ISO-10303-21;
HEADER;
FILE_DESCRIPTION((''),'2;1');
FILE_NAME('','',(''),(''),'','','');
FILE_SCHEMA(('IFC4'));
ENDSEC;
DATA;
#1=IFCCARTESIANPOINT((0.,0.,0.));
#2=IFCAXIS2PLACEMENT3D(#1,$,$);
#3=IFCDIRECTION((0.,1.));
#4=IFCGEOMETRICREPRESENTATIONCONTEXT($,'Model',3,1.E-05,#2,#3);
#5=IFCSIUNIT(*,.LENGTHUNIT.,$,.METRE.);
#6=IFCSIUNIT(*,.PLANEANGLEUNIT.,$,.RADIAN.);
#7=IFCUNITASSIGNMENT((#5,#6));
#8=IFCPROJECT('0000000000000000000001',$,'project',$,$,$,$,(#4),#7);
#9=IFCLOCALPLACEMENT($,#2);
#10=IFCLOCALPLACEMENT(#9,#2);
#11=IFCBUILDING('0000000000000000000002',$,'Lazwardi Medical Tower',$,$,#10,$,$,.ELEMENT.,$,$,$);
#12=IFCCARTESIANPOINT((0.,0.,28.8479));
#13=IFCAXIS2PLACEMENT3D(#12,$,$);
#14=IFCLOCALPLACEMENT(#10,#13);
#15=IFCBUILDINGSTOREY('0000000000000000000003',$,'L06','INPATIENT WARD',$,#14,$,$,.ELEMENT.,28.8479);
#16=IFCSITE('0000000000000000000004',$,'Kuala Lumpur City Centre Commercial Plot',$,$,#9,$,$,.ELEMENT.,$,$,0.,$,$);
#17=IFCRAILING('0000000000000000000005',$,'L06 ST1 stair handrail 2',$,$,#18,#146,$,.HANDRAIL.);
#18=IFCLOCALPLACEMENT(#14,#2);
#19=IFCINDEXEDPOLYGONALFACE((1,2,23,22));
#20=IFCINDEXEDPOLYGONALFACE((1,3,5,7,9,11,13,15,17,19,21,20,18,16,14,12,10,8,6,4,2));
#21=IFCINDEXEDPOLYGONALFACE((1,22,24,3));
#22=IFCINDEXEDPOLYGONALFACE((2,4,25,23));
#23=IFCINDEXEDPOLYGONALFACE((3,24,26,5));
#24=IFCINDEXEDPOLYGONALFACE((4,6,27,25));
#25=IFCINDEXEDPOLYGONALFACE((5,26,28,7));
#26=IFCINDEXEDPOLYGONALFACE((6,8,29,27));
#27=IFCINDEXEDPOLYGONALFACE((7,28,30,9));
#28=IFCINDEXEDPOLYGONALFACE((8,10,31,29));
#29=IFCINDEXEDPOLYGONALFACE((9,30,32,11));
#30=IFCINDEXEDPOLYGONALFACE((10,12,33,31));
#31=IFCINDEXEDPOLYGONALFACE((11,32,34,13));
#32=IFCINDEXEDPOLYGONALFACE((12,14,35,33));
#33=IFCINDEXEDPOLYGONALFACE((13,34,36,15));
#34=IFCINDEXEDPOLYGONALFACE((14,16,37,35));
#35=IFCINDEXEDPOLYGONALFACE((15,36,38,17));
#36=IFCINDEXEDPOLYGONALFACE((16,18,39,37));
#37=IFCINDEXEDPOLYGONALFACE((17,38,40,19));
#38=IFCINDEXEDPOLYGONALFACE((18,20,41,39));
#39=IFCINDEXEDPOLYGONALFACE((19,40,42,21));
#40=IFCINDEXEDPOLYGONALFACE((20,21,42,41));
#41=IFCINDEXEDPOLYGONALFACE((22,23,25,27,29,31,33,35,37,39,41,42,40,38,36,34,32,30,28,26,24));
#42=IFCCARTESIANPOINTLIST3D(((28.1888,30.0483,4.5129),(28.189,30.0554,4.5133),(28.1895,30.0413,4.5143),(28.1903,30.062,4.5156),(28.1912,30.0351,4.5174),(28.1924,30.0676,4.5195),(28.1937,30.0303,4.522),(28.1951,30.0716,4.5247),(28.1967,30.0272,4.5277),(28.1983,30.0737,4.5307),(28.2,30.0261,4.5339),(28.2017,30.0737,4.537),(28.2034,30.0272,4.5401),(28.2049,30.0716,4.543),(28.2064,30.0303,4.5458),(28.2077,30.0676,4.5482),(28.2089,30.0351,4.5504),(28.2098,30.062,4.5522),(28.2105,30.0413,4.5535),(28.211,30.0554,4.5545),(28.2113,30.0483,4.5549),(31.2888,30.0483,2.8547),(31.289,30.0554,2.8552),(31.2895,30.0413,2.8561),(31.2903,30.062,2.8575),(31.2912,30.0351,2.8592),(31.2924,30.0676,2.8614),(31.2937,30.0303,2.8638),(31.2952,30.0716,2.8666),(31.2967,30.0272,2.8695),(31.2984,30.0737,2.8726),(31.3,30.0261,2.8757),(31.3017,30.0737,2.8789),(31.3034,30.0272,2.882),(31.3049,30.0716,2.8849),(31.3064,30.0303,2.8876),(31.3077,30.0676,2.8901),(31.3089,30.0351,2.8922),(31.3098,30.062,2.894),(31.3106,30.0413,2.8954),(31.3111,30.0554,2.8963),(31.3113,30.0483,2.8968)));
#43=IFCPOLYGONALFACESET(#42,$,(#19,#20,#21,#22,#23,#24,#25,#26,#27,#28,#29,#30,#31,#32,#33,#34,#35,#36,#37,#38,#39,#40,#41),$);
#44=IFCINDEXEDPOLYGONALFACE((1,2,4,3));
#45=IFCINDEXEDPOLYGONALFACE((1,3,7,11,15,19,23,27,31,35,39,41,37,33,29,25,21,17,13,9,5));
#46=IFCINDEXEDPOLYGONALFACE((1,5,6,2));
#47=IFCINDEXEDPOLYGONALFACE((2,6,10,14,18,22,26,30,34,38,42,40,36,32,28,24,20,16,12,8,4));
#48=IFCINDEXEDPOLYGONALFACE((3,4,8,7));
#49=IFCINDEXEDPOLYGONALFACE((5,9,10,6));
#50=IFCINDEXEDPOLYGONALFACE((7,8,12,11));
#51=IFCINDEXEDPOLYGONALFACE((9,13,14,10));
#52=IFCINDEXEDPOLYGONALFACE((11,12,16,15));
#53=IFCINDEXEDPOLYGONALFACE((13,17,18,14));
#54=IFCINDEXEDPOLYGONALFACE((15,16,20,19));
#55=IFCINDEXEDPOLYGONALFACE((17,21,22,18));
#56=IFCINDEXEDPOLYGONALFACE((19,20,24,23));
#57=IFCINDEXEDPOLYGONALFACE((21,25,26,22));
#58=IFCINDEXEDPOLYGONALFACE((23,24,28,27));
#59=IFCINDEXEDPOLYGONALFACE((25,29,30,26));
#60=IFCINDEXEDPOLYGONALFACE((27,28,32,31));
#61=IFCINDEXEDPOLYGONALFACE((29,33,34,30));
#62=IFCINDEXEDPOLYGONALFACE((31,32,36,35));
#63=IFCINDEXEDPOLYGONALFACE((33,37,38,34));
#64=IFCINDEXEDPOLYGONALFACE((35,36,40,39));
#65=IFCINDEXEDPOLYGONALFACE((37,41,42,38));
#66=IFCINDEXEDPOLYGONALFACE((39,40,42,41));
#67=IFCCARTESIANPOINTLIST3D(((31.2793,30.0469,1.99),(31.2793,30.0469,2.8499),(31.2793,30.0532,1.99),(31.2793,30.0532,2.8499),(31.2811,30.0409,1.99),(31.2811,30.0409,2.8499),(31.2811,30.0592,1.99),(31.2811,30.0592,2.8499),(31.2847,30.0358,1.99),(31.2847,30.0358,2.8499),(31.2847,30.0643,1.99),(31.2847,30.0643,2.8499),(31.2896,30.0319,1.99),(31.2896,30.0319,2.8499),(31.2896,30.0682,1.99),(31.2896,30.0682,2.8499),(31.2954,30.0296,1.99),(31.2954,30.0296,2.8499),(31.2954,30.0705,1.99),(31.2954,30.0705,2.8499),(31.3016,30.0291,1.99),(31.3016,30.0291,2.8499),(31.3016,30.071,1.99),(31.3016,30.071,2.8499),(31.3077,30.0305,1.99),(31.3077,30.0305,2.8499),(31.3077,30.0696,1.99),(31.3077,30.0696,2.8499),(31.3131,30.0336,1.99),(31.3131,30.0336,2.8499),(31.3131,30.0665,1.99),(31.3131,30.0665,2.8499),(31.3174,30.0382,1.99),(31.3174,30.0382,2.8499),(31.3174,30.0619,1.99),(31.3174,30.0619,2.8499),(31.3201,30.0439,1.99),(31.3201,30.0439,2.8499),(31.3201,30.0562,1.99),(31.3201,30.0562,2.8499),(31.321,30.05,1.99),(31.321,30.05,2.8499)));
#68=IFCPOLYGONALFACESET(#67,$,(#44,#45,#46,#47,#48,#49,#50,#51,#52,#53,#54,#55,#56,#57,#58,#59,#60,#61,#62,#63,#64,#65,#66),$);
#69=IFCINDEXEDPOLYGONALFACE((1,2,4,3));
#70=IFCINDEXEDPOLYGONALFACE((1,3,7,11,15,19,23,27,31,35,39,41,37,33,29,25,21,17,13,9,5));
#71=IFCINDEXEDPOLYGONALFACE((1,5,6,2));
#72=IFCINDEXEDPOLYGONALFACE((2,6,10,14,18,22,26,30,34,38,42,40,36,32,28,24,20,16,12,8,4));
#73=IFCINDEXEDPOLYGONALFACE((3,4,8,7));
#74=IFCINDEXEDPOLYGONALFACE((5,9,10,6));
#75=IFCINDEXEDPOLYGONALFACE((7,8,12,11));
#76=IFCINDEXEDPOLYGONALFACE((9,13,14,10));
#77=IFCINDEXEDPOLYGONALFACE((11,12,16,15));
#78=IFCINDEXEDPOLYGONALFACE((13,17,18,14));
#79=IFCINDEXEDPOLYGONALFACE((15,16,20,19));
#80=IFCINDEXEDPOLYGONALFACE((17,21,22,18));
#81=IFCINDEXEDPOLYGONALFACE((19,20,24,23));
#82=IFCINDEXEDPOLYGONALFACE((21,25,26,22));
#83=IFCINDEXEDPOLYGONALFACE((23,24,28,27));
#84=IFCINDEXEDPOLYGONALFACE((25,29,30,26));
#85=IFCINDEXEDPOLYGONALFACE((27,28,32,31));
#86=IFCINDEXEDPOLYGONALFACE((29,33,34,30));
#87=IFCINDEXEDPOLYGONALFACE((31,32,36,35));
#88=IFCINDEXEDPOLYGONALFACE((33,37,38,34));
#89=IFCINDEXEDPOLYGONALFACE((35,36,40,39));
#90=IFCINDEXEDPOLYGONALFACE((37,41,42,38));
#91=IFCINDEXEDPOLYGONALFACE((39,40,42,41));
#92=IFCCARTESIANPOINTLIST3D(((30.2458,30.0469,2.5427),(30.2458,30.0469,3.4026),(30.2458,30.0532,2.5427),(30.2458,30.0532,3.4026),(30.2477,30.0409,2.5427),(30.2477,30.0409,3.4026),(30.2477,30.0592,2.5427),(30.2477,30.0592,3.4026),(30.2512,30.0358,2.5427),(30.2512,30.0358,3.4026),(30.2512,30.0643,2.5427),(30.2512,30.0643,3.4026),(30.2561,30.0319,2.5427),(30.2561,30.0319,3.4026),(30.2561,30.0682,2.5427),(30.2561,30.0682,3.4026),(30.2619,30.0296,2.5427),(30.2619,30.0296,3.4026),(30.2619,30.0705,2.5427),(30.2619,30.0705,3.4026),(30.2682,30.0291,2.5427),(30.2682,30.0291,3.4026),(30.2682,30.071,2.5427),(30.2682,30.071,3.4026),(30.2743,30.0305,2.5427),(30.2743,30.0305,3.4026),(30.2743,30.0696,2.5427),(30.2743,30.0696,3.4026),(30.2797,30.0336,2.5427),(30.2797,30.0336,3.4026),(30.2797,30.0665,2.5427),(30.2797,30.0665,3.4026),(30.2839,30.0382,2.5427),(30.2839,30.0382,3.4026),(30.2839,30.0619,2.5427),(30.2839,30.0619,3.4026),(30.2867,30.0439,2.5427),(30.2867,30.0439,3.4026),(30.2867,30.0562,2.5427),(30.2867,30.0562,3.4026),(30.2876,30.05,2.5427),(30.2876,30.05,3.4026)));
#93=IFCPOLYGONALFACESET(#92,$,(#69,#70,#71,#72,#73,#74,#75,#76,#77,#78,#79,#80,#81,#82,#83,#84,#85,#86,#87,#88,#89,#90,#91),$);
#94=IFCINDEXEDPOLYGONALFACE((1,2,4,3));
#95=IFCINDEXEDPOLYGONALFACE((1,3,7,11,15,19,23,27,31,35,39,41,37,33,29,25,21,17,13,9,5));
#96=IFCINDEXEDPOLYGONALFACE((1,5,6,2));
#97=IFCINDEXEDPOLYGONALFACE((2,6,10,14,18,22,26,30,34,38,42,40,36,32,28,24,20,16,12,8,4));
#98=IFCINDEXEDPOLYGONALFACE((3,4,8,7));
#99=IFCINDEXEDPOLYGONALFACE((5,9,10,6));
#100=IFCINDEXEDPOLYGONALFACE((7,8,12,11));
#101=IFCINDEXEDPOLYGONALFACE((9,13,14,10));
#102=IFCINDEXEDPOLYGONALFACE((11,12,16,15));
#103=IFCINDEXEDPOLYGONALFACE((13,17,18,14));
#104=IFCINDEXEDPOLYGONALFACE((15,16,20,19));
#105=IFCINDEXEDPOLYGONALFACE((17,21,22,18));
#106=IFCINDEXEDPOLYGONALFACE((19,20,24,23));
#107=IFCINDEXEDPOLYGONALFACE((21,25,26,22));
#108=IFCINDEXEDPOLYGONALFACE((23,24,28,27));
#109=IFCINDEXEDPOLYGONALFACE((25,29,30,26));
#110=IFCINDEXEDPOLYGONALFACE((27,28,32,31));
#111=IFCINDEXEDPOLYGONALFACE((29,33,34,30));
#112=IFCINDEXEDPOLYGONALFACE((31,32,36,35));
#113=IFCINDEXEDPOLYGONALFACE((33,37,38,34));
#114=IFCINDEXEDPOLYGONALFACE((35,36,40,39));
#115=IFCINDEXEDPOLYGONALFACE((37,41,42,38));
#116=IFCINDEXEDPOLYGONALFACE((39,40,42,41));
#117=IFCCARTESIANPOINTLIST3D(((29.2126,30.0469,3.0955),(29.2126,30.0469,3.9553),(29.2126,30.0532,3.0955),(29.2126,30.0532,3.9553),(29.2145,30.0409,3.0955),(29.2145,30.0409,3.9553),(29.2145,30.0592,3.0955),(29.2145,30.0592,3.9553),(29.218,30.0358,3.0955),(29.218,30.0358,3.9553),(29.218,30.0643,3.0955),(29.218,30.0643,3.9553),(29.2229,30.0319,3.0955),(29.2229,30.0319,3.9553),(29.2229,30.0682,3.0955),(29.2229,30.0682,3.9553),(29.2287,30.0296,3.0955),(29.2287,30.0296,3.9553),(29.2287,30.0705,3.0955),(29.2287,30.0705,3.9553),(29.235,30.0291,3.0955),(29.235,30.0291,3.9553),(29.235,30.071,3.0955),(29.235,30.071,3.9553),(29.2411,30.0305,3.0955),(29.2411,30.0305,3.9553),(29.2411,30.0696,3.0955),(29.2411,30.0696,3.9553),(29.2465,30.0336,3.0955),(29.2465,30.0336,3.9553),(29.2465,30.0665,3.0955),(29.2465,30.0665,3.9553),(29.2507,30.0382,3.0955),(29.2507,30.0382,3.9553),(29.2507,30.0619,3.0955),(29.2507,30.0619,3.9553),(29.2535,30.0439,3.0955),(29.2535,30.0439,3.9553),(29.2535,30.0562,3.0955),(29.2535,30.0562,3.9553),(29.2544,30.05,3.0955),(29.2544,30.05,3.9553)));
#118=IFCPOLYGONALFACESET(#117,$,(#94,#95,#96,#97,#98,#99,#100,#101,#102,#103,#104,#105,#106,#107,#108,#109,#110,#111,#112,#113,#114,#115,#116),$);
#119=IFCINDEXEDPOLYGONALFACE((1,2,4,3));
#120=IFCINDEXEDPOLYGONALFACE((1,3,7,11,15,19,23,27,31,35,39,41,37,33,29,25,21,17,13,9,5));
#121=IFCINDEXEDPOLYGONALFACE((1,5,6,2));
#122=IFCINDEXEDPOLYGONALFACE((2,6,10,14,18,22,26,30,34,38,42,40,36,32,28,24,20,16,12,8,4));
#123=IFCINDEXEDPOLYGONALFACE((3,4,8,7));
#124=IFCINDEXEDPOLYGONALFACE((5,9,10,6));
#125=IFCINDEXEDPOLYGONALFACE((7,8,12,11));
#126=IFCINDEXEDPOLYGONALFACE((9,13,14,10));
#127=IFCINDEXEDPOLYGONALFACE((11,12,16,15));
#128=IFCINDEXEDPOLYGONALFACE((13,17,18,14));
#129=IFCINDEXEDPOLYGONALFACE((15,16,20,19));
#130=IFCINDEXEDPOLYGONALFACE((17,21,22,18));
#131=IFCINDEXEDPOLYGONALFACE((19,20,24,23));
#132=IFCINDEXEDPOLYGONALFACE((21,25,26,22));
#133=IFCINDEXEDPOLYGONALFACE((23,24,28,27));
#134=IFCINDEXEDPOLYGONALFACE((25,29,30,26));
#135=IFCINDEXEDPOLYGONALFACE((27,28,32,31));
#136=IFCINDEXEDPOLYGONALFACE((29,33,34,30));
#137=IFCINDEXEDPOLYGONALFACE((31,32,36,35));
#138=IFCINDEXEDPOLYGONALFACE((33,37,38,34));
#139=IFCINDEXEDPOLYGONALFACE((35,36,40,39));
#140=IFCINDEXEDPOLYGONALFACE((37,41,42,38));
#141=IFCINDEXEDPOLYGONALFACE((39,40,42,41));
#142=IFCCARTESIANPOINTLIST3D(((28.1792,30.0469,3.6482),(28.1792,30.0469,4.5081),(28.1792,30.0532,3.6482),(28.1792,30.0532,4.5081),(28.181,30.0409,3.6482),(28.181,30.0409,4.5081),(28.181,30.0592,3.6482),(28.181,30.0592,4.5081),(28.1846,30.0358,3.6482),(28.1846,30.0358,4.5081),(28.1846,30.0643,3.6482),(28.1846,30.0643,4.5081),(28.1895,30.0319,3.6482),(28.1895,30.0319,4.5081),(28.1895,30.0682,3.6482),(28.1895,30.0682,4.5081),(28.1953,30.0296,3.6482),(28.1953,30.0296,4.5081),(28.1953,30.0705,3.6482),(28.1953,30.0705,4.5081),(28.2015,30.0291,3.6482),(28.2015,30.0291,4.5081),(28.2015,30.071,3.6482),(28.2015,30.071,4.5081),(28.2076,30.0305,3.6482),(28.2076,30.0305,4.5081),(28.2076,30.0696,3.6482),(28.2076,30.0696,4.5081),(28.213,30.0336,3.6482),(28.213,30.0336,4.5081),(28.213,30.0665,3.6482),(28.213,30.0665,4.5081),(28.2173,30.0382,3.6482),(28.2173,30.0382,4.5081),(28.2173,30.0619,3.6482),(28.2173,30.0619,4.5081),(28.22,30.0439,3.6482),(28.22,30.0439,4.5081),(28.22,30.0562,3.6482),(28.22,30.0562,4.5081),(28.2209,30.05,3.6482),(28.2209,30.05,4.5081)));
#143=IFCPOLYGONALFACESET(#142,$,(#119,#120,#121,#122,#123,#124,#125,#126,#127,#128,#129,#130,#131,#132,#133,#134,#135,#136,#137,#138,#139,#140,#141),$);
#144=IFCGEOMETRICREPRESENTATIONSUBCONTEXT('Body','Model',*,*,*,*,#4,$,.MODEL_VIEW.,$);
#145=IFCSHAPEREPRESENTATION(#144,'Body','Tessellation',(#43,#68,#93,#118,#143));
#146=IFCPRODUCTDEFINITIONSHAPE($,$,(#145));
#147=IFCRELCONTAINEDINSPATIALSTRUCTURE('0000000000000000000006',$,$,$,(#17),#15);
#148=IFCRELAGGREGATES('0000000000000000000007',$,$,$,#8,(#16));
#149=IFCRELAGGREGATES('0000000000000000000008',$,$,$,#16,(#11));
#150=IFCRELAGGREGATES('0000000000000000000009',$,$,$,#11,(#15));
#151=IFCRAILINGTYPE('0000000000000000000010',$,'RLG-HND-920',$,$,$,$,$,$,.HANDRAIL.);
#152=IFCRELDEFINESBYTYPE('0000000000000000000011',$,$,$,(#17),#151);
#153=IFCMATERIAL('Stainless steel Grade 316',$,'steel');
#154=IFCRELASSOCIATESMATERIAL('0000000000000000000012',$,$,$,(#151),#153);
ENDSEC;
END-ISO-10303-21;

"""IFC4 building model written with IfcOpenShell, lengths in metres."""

from ifc_helpers import new_model, si_unit, direction, frame, origin, origin_2d, place, context, subcontext, project, spatial, circle, extrude, material, type_object, element, save


model = new_model("IFC4")

# Units and contexts
model_context = context("Model", 3, precision=1e-05, world=origin(), true_north=direction((0.0, 1.0)))
body_context = subcontext(model_context, "Body", "Model", "MODEL_VIEW")
ifc_project = project(units=[si_unit("LENGTHUNIT", "METRE"), si_unit("PLANEANGLEUNIT", "RADIAN")], contexts=[model_context])

# Site, building, storey
site_placement = place(None, origin())
site = spatial("IfcSite", under=ifc_project, at=site_placement, Name="Kuala Lumpur City Centre Commercial Plot", CompositionType="ELEMENT", RefElevation=0.0)
building_placement = place(site_placement, origin())
building = spatial("IfcBuilding", under=site, at=building_placement, Name="Lazwardi Medical Tower", CompositionType="ELEMENT")
storey_placement = place(building_placement, frame((0.0, 0.0, 28.8479)))
storey = spatial("IfcBuildingStorey", under=building, at=storey_placement, Name="L06", Description="INPATIENT WARD", CompositionType="ELEMENT", Elevation=28.8479)

# Railing
ifc_material_1 = material(Name="Stainless steel Grade 316", Category="steel")
railing_type_1 = type_object("IfcRailingType", Name="RLG-HND-920", PredefinedType="HANDRAIL", material=ifc_material_1)
railing_1_placement = place(storey_placement, frame((31.3, 30.05, 1.99)))
element("IfcRailing", 1, at=railing_1_placement, inside=storey, type_object=railing_type_1, Name="L06 ST1 stair handrail 2", PredefinedType="HANDRAIL", context=body_context, shape_type="SweptSolid", body=[
    extrude(circle(Radius=0.0239, at=origin_2d()), frame((0.0, 0.0, 0.8857), z_axis=(-0.881783, 0.0, 0.471655), x_axis=(0.0, -1.0, 0.0)), (0.0, 0.0, 1.0), 3.5156),
    extrude(circle(Radius=0.021, at=origin_2d()), origin(), (0.0, 0.0, 1.0), 0.8599),
    extrude(circle(Radius=0.021, at=origin_2d()), frame((-1.0334, 0.0, 0.5527)), (0.0, 0.0, 1.0), 0.8599),
    extrude(circle(Radius=0.021, at=origin_2d()), frame((-2.0667, 0.0, 1.1055)), (0.0, 0.0, 1.0), 0.8599),
    extrude(circle(Radius=0.021, at=origin_2d()), frame((-3.1001, 0.0, 1.6582)), (0.0, 0.0, 1.0), 0.8599),
])

save(model, "model.ifc")
